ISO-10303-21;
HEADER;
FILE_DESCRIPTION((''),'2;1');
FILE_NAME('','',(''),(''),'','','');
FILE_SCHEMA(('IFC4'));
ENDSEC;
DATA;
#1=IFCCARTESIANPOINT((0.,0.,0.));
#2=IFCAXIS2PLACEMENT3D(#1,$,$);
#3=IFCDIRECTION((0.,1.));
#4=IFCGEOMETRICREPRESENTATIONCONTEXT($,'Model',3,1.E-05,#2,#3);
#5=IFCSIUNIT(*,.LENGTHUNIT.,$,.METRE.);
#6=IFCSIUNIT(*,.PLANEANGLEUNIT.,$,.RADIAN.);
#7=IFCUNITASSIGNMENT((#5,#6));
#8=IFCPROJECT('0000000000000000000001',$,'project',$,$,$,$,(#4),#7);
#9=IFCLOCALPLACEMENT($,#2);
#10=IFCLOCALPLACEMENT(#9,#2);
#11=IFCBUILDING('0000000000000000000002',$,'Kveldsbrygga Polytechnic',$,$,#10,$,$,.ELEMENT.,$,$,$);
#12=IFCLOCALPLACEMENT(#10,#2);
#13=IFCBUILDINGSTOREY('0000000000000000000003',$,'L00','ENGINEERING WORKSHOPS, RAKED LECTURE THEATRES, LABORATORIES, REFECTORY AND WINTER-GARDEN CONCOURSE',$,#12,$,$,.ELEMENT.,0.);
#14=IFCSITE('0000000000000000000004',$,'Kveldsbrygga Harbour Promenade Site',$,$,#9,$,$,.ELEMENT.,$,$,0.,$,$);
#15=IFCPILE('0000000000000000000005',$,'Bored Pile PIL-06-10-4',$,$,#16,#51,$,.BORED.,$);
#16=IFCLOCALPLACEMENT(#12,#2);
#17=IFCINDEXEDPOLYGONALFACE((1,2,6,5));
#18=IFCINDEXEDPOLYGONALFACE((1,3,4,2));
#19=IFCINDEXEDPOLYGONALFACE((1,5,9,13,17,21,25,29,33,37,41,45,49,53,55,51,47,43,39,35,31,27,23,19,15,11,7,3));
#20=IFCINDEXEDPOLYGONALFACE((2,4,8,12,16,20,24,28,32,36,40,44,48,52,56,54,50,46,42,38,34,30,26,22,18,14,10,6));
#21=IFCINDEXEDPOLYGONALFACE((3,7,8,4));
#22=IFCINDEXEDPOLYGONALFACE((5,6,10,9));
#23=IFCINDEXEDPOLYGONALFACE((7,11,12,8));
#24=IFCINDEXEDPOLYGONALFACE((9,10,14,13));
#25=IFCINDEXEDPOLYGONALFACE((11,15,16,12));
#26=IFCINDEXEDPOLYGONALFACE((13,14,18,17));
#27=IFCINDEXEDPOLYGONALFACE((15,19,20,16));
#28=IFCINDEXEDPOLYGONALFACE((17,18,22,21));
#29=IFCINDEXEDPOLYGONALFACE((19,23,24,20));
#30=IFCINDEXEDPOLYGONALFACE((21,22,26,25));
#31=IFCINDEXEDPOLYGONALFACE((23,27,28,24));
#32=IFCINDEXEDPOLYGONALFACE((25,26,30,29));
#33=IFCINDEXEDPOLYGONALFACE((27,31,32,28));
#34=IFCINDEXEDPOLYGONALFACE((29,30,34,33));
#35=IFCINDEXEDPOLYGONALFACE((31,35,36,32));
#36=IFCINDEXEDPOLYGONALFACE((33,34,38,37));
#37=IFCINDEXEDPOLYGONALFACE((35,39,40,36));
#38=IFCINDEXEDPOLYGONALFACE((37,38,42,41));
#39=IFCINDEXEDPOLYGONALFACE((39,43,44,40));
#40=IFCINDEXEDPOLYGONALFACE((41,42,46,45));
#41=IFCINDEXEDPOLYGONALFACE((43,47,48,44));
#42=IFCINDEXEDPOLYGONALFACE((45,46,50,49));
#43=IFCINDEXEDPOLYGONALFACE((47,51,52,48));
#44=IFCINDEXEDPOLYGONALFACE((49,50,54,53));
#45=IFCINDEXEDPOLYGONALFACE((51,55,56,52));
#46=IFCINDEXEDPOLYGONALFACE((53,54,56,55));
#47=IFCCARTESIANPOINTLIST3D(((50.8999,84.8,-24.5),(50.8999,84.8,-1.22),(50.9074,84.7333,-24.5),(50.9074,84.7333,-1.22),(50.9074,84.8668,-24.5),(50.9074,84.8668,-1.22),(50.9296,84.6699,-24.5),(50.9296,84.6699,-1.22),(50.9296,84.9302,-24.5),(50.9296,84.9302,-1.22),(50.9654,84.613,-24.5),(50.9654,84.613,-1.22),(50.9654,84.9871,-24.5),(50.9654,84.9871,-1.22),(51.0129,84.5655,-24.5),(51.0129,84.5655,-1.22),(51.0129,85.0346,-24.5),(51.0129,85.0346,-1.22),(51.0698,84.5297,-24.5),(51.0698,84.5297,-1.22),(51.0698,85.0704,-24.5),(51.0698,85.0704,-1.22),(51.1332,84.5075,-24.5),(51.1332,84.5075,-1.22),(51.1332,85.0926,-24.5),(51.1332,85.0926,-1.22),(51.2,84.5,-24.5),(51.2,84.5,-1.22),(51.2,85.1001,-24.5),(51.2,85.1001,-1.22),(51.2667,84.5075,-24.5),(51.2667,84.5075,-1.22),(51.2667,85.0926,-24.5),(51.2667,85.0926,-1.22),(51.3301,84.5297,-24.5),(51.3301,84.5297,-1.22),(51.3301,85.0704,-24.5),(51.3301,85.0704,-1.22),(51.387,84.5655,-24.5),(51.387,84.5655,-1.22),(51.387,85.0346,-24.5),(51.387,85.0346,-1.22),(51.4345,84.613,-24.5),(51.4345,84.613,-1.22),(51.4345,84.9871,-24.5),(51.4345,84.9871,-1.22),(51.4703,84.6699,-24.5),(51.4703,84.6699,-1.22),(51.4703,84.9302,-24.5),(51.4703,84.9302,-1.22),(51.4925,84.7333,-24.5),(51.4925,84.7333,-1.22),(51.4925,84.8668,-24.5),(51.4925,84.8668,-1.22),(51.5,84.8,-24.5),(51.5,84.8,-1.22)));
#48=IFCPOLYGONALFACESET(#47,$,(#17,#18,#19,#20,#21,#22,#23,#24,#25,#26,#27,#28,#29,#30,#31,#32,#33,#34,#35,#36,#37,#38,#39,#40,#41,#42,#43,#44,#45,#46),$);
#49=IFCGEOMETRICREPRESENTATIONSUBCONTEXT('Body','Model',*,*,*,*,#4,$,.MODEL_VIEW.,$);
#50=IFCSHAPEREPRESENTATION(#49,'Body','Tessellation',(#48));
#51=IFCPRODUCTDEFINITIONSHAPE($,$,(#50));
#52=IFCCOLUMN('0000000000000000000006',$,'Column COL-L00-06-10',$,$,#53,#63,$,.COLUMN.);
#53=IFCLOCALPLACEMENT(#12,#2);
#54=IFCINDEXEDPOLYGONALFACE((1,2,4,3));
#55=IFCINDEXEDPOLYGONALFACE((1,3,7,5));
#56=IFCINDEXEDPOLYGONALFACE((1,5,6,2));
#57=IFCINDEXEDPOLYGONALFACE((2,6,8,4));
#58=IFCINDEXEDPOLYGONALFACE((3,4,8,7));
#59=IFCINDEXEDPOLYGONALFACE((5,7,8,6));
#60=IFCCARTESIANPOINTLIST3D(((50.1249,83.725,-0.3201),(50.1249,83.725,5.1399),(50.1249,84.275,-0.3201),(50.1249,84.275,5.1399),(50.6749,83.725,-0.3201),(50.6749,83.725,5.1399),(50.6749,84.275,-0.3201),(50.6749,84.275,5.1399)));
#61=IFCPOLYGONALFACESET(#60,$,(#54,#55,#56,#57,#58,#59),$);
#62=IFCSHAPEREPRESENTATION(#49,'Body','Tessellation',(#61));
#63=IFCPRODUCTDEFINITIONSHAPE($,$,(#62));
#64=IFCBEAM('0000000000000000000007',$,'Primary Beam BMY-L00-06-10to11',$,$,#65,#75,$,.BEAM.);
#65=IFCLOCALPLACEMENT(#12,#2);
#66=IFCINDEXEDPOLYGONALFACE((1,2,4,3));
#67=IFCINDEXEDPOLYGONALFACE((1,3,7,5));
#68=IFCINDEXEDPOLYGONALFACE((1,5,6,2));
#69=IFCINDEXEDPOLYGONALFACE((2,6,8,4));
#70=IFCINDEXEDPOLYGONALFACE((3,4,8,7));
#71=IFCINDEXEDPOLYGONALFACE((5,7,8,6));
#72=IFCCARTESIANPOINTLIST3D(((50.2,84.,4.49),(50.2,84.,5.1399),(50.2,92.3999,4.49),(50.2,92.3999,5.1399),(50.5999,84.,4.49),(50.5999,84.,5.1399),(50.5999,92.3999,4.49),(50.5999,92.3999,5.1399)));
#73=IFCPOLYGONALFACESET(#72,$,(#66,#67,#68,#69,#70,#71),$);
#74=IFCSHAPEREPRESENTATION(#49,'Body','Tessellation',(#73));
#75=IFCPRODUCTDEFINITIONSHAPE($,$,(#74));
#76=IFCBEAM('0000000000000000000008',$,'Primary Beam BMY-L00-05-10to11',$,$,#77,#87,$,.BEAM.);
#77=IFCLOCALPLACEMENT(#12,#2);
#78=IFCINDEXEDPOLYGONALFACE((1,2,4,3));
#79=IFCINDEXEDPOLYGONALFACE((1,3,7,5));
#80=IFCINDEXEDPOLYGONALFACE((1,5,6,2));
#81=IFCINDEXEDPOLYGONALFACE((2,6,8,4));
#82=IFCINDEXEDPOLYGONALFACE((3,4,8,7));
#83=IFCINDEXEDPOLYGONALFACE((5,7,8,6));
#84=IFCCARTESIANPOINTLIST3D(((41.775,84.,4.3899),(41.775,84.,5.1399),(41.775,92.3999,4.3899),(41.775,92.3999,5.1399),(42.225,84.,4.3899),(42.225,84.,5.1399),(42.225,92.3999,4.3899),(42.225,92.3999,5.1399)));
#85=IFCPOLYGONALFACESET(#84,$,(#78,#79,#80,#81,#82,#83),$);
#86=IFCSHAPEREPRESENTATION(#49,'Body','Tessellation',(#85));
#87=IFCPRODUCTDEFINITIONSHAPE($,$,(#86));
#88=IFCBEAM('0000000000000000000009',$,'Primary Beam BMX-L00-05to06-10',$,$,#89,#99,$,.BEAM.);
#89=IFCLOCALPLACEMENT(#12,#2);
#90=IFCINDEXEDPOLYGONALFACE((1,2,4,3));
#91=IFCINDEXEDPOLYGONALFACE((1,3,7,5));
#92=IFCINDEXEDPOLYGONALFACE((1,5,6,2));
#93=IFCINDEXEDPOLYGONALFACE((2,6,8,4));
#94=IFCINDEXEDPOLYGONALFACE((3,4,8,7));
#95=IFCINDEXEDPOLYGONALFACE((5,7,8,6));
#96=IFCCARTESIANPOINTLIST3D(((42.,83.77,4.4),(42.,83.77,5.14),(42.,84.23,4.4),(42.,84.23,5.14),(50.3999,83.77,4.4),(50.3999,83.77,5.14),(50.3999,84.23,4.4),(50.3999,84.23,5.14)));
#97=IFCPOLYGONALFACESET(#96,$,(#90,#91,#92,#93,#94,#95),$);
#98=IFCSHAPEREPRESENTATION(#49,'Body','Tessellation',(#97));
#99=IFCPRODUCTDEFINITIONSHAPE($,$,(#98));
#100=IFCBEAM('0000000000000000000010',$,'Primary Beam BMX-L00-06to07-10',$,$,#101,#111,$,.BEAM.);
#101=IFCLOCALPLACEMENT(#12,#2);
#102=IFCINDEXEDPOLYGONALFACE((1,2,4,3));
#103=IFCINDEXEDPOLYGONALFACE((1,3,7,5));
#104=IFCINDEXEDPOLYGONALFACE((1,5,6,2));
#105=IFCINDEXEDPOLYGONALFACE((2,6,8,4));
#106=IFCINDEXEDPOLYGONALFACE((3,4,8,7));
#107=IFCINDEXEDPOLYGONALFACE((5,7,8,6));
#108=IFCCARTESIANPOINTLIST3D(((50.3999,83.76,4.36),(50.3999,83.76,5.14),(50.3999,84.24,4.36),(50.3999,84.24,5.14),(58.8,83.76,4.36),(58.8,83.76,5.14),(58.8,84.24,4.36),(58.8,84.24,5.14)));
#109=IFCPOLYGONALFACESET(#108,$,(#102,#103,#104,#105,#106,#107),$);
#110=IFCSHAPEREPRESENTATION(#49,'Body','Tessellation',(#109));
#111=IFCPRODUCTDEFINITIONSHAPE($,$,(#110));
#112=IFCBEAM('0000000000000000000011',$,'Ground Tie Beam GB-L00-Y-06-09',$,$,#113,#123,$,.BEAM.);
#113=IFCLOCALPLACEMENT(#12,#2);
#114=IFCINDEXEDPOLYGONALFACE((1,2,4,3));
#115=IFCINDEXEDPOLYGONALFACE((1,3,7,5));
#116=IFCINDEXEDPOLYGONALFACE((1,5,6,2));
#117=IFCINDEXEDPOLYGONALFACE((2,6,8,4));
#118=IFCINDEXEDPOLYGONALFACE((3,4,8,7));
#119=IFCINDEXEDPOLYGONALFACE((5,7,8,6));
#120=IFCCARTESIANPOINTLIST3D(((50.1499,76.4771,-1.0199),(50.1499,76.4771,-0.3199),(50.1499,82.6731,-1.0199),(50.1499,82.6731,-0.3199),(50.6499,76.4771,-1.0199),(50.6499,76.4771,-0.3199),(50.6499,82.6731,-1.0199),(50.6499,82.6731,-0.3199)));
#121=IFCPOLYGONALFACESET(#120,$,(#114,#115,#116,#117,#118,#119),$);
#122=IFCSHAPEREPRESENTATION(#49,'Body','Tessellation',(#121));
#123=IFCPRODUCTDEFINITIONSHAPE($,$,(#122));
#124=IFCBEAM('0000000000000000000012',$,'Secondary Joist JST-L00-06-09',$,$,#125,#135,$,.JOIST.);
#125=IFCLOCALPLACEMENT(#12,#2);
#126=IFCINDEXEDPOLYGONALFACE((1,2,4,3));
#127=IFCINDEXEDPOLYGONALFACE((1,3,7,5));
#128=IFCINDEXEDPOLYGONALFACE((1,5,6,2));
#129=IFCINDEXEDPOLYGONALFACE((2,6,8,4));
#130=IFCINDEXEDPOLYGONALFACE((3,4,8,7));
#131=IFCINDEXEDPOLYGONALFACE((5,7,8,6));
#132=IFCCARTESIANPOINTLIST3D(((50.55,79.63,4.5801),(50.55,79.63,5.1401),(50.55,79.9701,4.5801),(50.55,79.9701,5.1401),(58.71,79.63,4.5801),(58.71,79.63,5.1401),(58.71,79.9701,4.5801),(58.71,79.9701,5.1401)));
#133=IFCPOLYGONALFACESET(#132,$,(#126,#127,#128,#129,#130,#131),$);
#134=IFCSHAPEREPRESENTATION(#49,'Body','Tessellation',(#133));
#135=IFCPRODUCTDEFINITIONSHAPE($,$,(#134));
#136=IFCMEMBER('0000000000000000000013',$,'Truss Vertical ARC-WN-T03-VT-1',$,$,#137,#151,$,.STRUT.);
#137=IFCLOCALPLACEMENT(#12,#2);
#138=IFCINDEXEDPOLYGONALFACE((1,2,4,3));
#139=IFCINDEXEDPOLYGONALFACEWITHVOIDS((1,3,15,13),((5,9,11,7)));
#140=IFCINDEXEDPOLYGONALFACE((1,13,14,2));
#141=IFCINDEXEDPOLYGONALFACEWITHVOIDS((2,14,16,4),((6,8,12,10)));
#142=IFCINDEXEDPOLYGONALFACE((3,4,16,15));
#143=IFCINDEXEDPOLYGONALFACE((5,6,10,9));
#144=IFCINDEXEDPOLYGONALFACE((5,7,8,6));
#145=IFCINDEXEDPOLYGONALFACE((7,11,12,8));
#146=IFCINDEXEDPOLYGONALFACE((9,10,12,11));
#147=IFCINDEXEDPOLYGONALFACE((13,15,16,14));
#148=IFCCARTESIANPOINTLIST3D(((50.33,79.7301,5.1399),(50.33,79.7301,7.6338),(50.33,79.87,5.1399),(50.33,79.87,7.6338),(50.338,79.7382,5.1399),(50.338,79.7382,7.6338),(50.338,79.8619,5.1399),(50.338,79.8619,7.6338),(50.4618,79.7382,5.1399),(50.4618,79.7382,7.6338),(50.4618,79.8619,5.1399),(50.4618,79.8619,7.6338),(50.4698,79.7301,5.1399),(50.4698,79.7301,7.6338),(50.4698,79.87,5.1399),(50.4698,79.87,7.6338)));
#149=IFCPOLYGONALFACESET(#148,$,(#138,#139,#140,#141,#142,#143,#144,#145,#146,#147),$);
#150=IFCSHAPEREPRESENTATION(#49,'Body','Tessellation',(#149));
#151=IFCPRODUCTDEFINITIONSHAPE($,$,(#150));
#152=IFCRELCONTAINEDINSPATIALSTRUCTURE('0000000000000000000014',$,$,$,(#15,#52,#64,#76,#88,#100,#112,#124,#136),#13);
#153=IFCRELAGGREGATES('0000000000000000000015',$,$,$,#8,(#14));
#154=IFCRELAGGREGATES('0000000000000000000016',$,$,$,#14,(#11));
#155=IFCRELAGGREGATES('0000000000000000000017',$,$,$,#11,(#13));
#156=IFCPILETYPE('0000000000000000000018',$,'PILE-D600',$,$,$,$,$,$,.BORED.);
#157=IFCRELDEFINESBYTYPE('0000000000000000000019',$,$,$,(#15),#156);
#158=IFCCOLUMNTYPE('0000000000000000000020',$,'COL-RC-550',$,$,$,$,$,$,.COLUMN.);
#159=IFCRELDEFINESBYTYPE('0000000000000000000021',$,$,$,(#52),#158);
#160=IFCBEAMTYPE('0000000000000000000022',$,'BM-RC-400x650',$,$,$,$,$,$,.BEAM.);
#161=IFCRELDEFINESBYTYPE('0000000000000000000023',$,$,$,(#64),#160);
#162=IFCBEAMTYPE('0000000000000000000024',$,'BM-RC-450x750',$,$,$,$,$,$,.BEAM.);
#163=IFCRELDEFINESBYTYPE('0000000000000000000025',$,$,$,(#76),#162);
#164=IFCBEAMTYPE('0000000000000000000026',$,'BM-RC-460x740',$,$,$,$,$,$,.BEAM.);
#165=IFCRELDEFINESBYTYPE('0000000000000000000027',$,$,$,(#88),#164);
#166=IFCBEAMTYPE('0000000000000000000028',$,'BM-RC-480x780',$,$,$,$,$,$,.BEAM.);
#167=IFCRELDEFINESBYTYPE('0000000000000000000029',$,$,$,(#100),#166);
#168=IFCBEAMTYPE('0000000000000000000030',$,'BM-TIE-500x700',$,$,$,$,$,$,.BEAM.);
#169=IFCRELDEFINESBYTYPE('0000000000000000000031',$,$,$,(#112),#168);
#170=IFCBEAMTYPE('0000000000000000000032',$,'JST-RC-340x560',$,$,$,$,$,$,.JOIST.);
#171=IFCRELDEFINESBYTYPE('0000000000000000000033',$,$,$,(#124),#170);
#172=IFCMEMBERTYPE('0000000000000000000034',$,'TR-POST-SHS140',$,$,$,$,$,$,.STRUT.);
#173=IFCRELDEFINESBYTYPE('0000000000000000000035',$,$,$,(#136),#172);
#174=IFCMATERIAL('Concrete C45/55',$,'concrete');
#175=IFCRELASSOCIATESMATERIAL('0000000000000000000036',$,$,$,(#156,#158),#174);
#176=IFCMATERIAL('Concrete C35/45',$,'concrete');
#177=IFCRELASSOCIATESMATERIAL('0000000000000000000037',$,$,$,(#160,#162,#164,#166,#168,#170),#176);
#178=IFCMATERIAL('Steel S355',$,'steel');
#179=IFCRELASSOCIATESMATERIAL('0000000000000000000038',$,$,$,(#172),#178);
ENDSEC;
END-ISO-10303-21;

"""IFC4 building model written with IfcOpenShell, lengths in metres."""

from ifc_helpers import new_model, si_unit, direction, frame, origin, origin_2d, place, context, subcontext, project, spatial, rectangle, hollow_rectangle, circle, extrude, material, material_profile, profile_set, type_object, element, save


model = new_model("IFC4")

# Units and contexts
model_context = context("Model", 3, precision=1e-05, world=origin(), true_north=direction((0.0, 1.0)))
body_context = subcontext(model_context, "Body", "Model", "MODEL_VIEW")
ifc_project = project(units=[si_unit("LENGTHUNIT", "METRE"), si_unit("PLANEANGLEUNIT", "RADIAN")], contexts=[model_context])

# Site, building, storey
site_placement = place(None, origin())
site = spatial("IfcSite", under=ifc_project, at=site_placement, Name="Kveldsbrygga Harbour Promenade Site", CompositionType="ELEMENT", RefElevation=0.0)
building_placement = place(site_placement, origin())
building = spatial("IfcBuilding", under=site, at=building_placement, Name="Kveldsbrygga Polytechnic", CompositionType="ELEMENT")
storey_placement = place(building_placement, origin())
storey = spatial("IfcBuildingStorey", under=building, at=storey_placement, Name="L00", Description="ENGINEERING WORKSHOPS, RAKED LECTURE THEATRES, LABORATORIES, REFECTORY AND WINTER-GARDEN CONCOURSE", CompositionType="ELEMENT", Elevation=0.0)

# Shared definitions
ifc_material_1 = material(Name="Concrete C45/55", Category="concrete")

# Pile
ifc_material_profile_1 = material_profile(ifc_material_1, circle(Radius=0.3, at=origin_2d()), Name="PILE D600")
ifc_profile_set_1 = profile_set([ifc_material_profile_1], Name="Concrete C45/55")
pile_type = type_object("IfcPileType", Name="PILE-D600", PredefinedType="BORED", material=ifc_profile_set_1)
for number, where, z_axis, x_axis, name in (
    (1, (51.2, 84.8, -1.22), (0.0, 0.0, -1.0), (1.0, 0.0, 0.0), "Bored Pile PIL-06-10-4"),
):
    element("IfcPile", number, at=place(storey_placement, frame(where, z_axis=z_axis, x_axis=x_axis)), inside=storey, type_object=pile_type, Name=name, PredefinedType="BORED", context=body_context, shape_type="SweptSolid", body=[
        extrude(circle(Radius=0.3, at=origin_2d()), origin(), (0.0, 0.0, 1.0), 23.28),
    ])

# Column
ifc_material_profile_2 = material_profile(ifc_material_1, rectangle(XDim=0.55, YDim=0.55, at=origin_2d()), Name="RC 550x550")
ifc_profile_set_2 = profile_set([ifc_material_profile_2], Name="Concrete C45/55")
column_type = type_object("IfcColumnType", Name="COL-RC-550", PredefinedType="COLUMN", material=ifc_profile_set_2)
column_placement = place(storey_placement, frame((50.3999, 84.0, -0.3201), z_axis=(0.0, 0.0, 1.0), x_axis=(1.0, 0.0, 0.0)))
element("IfcColumn", 2, at=column_placement, inside=storey, type_object=column_type, Name="Column COL-L00-06-10", PredefinedType="COLUMN", context=body_context, shape_type="SweptSolid", body=[
    extrude(rectangle(XDim=0.55, YDim=0.55, at=origin_2d()), origin(), (0.0, 0.0, 1.0), 5.46),
])

# Beams
ifc_material_2 = material(Name="Concrete C35/45", Category="concrete")
ifc_material_profile_3 = material_profile(ifc_material_2, rectangle(XDim=0.3999, YDim=0.6499, at=origin_2d()), Name="RC 400x650")
ifc_profile_set_3 = profile_set([ifc_material_profile_3], Name="Concrete C35/45")
beam_type_1 = type_object("IfcBeamType", Name="BM-RC-400x650", PredefinedType="BEAM", material=ifc_profile_set_3)
beam_1_placement = place(storey_placement, frame((50.3999, 84.0, 4.8149), z_axis=(0.0, 1.0, 0.0), x_axis=(-1.0, 0.0, 0.0)))
element("IfcBeam", 3, at=beam_1_placement, inside=storey, type_object=beam_type_1, Name="Primary Beam BMY-L00-06-10to11", PredefinedType="BEAM", context=body_context, shape_type="SweptSolid", body=[
    extrude(rectangle(XDim=0.3999, YDim=0.6499, at=origin_2d()), origin(), (0.0, 0.0, 1.0), 8.3999),
])
ifc_material_profile_4 = material_profile(ifc_material_2, rectangle(XDim=0.45, YDim=0.75, at=origin_2d()), Name="RC 450x750")
ifc_profile_set_4 = profile_set([ifc_material_profile_4], Name="Concrete C35/45")
beam_type_2 = type_object("IfcBeamType", Name="BM-RC-450x750", PredefinedType="BEAM", material=ifc_profile_set_4)
beam_2_placement = place(storey_placement, frame((42.0, 84.0, 4.7649), z_axis=(0.0, 1.0, 0.0), x_axis=(-1.0, 0.0, 0.0)))
element("IfcBeam", 4, at=beam_2_placement, inside=storey, type_object=beam_type_2, Name="Primary Beam BMY-L00-05-10to11", PredefinedType="BEAM", context=body_context, shape_type="SweptSolid", body=[
    extrude(rectangle(XDim=0.45, YDim=0.75, at=origin_2d()), origin(), (0.0, 0.0, 1.0), 8.3999),
])
ifc_material_profile_5 = material_profile(ifc_material_2, rectangle(XDim=0.46, YDim=0.74, at=origin_2d()), Name="RC 460x740")
ifc_profile_set_5 = profile_set([ifc_material_profile_5], Name="Concrete C35/45")
beam_type_3 = type_object("IfcBeamType", Name="BM-RC-460x740", PredefinedType="BEAM", material=ifc_profile_set_5)
beam_3_placement = place(storey_placement, frame((42.0, 84.0, 4.77), z_axis=(1.0, 0.0, 0.0), x_axis=(0.0, 1.0, 0.0)))
element("IfcBeam", 5, at=beam_3_placement, inside=storey, type_object=beam_type_3, Name="Primary Beam BMX-L00-05to06-10", PredefinedType="BEAM", context=body_context, shape_type="SweptSolid", body=[
    extrude(rectangle(XDim=0.46, YDim=0.74, at=origin_2d()), origin(), (0.0, 0.0, 1.0), 8.3999),
])
ifc_material_profile_6 = material_profile(ifc_material_2, rectangle(XDim=0.48, YDim=0.78, at=origin_2d()), Name="RC 480x780")
ifc_profile_set_6 = profile_set([ifc_material_profile_6], Name="Concrete C35/45")
beam_type_4 = type_object("IfcBeamType", Name="BM-RC-480x780", PredefinedType="BEAM", material=ifc_profile_set_6)
beam_4_placement = place(storey_placement, frame((50.3999, 84.0, 4.75), z_axis=(1.0, 0.0, 0.0), x_axis=(0.0, 1.0, 0.0)))
element("IfcBeam", 6, at=beam_4_placement, inside=storey, type_object=beam_type_4, Name="Primary Beam BMX-L00-06to07-10", PredefinedType="BEAM", context=body_context, shape_type="SweptSolid", body=[
    extrude(rectangle(XDim=0.48, YDim=0.78, at=origin_2d()), origin(), (0.0, 0.0, 1.0), 8.4001),
])
ifc_material_profile_7 = material_profile(ifc_material_2, rectangle(XDim=0.5, YDim=0.7, at=origin_2d()), Name="RC 500x700")
ifc_profile_set_7 = profile_set([ifc_material_profile_7], Name="Concrete C35/45")
beam_type_5 = type_object("IfcBeamType", Name="BM-TIE-500x700", PredefinedType="BEAM", material=ifc_profile_set_7)
beam_5_placement = place(storey_placement, frame((50.3999, 76.4771, -0.6699), z_axis=(0.0, 1.0, 0.0), x_axis=(-1.0, 0.0, 0.0)))
element("IfcBeam", 7, at=beam_5_placement, inside=storey, type_object=beam_type_5, Name="Ground Tie Beam GB-L00-Y-06-09", PredefinedType="BEAM", context=body_context, shape_type="SweptSolid", body=[
    extrude(rectangle(XDim=0.5, YDim=0.7, at=origin_2d()), origin(), (0.0, 0.0, 1.0), 6.196),
])
ifc_material_profile_8 = material_profile(ifc_material_2, rectangle(XDim=0.3401, YDim=0.5601, at=origin_2d()), Name="RC 340x560")
ifc_profile_set_8 = profile_set([ifc_material_profile_8], Name="Concrete C35/45")
beam_type_6 = type_object("IfcBeamType", Name="JST-RC-340x560", PredefinedType="JOIST", material=ifc_profile_set_8)
beam_6_placement = place(storey_placement, frame((50.55, 79.8, 4.8601), z_axis=(1.0, 0.0, 0.0), x_axis=(0.0, 1.0, 0.0)))
element("IfcBeam", 8, at=beam_6_placement, inside=storey, type_object=beam_type_6, Name="Secondary Joist JST-L00-06-09", PredefinedType="JOIST", context=body_context, shape_type="SweptSolid", body=[
    extrude(rectangle(XDim=0.3401, YDim=0.5601, at=origin_2d()), origin(), (0.0, 0.0, 1.0), 8.1599),
])

# Member
ifc_material_3 = material(Name="Steel S355", Category="steel")
ifc_material_profile_9 = material_profile(ifc_material_3, hollow_rectangle(XDim=0.1399, YDim=0.1399, WallThickness=0.0081, at=origin_2d()), Name="SHS 140x140x8.0")
ifc_profile_set_9 = profile_set([ifc_material_profile_9], Name="Steel S355")
member_type_1 = type_object("IfcMemberType", Name="TR-POST-SHS140", PredefinedType="STRUT", material=ifc_profile_set_9)
member_1_placement = place(storey_placement, frame((50.3999, 79.8, 5.1399), z_axis=(0.0, 0.0, 1.0), x_axis=(1.0, 0.0, 0.0)))
element("IfcMember", 9, at=member_1_placement, inside=storey, type_object=member_type_1, Name="Truss Vertical ARC-WN-T03-VT-1", PredefinedType="STRUT", context=body_context, shape_type="SweptSolid", body=[
    extrude(hollow_rectangle(XDim=0.1399, YDim=0.1399, WallThickness=0.0081, at=origin_2d()), origin(), (0.0, 0.0, 1.0), 2.4939),
])

save(model, "model.ifc")
